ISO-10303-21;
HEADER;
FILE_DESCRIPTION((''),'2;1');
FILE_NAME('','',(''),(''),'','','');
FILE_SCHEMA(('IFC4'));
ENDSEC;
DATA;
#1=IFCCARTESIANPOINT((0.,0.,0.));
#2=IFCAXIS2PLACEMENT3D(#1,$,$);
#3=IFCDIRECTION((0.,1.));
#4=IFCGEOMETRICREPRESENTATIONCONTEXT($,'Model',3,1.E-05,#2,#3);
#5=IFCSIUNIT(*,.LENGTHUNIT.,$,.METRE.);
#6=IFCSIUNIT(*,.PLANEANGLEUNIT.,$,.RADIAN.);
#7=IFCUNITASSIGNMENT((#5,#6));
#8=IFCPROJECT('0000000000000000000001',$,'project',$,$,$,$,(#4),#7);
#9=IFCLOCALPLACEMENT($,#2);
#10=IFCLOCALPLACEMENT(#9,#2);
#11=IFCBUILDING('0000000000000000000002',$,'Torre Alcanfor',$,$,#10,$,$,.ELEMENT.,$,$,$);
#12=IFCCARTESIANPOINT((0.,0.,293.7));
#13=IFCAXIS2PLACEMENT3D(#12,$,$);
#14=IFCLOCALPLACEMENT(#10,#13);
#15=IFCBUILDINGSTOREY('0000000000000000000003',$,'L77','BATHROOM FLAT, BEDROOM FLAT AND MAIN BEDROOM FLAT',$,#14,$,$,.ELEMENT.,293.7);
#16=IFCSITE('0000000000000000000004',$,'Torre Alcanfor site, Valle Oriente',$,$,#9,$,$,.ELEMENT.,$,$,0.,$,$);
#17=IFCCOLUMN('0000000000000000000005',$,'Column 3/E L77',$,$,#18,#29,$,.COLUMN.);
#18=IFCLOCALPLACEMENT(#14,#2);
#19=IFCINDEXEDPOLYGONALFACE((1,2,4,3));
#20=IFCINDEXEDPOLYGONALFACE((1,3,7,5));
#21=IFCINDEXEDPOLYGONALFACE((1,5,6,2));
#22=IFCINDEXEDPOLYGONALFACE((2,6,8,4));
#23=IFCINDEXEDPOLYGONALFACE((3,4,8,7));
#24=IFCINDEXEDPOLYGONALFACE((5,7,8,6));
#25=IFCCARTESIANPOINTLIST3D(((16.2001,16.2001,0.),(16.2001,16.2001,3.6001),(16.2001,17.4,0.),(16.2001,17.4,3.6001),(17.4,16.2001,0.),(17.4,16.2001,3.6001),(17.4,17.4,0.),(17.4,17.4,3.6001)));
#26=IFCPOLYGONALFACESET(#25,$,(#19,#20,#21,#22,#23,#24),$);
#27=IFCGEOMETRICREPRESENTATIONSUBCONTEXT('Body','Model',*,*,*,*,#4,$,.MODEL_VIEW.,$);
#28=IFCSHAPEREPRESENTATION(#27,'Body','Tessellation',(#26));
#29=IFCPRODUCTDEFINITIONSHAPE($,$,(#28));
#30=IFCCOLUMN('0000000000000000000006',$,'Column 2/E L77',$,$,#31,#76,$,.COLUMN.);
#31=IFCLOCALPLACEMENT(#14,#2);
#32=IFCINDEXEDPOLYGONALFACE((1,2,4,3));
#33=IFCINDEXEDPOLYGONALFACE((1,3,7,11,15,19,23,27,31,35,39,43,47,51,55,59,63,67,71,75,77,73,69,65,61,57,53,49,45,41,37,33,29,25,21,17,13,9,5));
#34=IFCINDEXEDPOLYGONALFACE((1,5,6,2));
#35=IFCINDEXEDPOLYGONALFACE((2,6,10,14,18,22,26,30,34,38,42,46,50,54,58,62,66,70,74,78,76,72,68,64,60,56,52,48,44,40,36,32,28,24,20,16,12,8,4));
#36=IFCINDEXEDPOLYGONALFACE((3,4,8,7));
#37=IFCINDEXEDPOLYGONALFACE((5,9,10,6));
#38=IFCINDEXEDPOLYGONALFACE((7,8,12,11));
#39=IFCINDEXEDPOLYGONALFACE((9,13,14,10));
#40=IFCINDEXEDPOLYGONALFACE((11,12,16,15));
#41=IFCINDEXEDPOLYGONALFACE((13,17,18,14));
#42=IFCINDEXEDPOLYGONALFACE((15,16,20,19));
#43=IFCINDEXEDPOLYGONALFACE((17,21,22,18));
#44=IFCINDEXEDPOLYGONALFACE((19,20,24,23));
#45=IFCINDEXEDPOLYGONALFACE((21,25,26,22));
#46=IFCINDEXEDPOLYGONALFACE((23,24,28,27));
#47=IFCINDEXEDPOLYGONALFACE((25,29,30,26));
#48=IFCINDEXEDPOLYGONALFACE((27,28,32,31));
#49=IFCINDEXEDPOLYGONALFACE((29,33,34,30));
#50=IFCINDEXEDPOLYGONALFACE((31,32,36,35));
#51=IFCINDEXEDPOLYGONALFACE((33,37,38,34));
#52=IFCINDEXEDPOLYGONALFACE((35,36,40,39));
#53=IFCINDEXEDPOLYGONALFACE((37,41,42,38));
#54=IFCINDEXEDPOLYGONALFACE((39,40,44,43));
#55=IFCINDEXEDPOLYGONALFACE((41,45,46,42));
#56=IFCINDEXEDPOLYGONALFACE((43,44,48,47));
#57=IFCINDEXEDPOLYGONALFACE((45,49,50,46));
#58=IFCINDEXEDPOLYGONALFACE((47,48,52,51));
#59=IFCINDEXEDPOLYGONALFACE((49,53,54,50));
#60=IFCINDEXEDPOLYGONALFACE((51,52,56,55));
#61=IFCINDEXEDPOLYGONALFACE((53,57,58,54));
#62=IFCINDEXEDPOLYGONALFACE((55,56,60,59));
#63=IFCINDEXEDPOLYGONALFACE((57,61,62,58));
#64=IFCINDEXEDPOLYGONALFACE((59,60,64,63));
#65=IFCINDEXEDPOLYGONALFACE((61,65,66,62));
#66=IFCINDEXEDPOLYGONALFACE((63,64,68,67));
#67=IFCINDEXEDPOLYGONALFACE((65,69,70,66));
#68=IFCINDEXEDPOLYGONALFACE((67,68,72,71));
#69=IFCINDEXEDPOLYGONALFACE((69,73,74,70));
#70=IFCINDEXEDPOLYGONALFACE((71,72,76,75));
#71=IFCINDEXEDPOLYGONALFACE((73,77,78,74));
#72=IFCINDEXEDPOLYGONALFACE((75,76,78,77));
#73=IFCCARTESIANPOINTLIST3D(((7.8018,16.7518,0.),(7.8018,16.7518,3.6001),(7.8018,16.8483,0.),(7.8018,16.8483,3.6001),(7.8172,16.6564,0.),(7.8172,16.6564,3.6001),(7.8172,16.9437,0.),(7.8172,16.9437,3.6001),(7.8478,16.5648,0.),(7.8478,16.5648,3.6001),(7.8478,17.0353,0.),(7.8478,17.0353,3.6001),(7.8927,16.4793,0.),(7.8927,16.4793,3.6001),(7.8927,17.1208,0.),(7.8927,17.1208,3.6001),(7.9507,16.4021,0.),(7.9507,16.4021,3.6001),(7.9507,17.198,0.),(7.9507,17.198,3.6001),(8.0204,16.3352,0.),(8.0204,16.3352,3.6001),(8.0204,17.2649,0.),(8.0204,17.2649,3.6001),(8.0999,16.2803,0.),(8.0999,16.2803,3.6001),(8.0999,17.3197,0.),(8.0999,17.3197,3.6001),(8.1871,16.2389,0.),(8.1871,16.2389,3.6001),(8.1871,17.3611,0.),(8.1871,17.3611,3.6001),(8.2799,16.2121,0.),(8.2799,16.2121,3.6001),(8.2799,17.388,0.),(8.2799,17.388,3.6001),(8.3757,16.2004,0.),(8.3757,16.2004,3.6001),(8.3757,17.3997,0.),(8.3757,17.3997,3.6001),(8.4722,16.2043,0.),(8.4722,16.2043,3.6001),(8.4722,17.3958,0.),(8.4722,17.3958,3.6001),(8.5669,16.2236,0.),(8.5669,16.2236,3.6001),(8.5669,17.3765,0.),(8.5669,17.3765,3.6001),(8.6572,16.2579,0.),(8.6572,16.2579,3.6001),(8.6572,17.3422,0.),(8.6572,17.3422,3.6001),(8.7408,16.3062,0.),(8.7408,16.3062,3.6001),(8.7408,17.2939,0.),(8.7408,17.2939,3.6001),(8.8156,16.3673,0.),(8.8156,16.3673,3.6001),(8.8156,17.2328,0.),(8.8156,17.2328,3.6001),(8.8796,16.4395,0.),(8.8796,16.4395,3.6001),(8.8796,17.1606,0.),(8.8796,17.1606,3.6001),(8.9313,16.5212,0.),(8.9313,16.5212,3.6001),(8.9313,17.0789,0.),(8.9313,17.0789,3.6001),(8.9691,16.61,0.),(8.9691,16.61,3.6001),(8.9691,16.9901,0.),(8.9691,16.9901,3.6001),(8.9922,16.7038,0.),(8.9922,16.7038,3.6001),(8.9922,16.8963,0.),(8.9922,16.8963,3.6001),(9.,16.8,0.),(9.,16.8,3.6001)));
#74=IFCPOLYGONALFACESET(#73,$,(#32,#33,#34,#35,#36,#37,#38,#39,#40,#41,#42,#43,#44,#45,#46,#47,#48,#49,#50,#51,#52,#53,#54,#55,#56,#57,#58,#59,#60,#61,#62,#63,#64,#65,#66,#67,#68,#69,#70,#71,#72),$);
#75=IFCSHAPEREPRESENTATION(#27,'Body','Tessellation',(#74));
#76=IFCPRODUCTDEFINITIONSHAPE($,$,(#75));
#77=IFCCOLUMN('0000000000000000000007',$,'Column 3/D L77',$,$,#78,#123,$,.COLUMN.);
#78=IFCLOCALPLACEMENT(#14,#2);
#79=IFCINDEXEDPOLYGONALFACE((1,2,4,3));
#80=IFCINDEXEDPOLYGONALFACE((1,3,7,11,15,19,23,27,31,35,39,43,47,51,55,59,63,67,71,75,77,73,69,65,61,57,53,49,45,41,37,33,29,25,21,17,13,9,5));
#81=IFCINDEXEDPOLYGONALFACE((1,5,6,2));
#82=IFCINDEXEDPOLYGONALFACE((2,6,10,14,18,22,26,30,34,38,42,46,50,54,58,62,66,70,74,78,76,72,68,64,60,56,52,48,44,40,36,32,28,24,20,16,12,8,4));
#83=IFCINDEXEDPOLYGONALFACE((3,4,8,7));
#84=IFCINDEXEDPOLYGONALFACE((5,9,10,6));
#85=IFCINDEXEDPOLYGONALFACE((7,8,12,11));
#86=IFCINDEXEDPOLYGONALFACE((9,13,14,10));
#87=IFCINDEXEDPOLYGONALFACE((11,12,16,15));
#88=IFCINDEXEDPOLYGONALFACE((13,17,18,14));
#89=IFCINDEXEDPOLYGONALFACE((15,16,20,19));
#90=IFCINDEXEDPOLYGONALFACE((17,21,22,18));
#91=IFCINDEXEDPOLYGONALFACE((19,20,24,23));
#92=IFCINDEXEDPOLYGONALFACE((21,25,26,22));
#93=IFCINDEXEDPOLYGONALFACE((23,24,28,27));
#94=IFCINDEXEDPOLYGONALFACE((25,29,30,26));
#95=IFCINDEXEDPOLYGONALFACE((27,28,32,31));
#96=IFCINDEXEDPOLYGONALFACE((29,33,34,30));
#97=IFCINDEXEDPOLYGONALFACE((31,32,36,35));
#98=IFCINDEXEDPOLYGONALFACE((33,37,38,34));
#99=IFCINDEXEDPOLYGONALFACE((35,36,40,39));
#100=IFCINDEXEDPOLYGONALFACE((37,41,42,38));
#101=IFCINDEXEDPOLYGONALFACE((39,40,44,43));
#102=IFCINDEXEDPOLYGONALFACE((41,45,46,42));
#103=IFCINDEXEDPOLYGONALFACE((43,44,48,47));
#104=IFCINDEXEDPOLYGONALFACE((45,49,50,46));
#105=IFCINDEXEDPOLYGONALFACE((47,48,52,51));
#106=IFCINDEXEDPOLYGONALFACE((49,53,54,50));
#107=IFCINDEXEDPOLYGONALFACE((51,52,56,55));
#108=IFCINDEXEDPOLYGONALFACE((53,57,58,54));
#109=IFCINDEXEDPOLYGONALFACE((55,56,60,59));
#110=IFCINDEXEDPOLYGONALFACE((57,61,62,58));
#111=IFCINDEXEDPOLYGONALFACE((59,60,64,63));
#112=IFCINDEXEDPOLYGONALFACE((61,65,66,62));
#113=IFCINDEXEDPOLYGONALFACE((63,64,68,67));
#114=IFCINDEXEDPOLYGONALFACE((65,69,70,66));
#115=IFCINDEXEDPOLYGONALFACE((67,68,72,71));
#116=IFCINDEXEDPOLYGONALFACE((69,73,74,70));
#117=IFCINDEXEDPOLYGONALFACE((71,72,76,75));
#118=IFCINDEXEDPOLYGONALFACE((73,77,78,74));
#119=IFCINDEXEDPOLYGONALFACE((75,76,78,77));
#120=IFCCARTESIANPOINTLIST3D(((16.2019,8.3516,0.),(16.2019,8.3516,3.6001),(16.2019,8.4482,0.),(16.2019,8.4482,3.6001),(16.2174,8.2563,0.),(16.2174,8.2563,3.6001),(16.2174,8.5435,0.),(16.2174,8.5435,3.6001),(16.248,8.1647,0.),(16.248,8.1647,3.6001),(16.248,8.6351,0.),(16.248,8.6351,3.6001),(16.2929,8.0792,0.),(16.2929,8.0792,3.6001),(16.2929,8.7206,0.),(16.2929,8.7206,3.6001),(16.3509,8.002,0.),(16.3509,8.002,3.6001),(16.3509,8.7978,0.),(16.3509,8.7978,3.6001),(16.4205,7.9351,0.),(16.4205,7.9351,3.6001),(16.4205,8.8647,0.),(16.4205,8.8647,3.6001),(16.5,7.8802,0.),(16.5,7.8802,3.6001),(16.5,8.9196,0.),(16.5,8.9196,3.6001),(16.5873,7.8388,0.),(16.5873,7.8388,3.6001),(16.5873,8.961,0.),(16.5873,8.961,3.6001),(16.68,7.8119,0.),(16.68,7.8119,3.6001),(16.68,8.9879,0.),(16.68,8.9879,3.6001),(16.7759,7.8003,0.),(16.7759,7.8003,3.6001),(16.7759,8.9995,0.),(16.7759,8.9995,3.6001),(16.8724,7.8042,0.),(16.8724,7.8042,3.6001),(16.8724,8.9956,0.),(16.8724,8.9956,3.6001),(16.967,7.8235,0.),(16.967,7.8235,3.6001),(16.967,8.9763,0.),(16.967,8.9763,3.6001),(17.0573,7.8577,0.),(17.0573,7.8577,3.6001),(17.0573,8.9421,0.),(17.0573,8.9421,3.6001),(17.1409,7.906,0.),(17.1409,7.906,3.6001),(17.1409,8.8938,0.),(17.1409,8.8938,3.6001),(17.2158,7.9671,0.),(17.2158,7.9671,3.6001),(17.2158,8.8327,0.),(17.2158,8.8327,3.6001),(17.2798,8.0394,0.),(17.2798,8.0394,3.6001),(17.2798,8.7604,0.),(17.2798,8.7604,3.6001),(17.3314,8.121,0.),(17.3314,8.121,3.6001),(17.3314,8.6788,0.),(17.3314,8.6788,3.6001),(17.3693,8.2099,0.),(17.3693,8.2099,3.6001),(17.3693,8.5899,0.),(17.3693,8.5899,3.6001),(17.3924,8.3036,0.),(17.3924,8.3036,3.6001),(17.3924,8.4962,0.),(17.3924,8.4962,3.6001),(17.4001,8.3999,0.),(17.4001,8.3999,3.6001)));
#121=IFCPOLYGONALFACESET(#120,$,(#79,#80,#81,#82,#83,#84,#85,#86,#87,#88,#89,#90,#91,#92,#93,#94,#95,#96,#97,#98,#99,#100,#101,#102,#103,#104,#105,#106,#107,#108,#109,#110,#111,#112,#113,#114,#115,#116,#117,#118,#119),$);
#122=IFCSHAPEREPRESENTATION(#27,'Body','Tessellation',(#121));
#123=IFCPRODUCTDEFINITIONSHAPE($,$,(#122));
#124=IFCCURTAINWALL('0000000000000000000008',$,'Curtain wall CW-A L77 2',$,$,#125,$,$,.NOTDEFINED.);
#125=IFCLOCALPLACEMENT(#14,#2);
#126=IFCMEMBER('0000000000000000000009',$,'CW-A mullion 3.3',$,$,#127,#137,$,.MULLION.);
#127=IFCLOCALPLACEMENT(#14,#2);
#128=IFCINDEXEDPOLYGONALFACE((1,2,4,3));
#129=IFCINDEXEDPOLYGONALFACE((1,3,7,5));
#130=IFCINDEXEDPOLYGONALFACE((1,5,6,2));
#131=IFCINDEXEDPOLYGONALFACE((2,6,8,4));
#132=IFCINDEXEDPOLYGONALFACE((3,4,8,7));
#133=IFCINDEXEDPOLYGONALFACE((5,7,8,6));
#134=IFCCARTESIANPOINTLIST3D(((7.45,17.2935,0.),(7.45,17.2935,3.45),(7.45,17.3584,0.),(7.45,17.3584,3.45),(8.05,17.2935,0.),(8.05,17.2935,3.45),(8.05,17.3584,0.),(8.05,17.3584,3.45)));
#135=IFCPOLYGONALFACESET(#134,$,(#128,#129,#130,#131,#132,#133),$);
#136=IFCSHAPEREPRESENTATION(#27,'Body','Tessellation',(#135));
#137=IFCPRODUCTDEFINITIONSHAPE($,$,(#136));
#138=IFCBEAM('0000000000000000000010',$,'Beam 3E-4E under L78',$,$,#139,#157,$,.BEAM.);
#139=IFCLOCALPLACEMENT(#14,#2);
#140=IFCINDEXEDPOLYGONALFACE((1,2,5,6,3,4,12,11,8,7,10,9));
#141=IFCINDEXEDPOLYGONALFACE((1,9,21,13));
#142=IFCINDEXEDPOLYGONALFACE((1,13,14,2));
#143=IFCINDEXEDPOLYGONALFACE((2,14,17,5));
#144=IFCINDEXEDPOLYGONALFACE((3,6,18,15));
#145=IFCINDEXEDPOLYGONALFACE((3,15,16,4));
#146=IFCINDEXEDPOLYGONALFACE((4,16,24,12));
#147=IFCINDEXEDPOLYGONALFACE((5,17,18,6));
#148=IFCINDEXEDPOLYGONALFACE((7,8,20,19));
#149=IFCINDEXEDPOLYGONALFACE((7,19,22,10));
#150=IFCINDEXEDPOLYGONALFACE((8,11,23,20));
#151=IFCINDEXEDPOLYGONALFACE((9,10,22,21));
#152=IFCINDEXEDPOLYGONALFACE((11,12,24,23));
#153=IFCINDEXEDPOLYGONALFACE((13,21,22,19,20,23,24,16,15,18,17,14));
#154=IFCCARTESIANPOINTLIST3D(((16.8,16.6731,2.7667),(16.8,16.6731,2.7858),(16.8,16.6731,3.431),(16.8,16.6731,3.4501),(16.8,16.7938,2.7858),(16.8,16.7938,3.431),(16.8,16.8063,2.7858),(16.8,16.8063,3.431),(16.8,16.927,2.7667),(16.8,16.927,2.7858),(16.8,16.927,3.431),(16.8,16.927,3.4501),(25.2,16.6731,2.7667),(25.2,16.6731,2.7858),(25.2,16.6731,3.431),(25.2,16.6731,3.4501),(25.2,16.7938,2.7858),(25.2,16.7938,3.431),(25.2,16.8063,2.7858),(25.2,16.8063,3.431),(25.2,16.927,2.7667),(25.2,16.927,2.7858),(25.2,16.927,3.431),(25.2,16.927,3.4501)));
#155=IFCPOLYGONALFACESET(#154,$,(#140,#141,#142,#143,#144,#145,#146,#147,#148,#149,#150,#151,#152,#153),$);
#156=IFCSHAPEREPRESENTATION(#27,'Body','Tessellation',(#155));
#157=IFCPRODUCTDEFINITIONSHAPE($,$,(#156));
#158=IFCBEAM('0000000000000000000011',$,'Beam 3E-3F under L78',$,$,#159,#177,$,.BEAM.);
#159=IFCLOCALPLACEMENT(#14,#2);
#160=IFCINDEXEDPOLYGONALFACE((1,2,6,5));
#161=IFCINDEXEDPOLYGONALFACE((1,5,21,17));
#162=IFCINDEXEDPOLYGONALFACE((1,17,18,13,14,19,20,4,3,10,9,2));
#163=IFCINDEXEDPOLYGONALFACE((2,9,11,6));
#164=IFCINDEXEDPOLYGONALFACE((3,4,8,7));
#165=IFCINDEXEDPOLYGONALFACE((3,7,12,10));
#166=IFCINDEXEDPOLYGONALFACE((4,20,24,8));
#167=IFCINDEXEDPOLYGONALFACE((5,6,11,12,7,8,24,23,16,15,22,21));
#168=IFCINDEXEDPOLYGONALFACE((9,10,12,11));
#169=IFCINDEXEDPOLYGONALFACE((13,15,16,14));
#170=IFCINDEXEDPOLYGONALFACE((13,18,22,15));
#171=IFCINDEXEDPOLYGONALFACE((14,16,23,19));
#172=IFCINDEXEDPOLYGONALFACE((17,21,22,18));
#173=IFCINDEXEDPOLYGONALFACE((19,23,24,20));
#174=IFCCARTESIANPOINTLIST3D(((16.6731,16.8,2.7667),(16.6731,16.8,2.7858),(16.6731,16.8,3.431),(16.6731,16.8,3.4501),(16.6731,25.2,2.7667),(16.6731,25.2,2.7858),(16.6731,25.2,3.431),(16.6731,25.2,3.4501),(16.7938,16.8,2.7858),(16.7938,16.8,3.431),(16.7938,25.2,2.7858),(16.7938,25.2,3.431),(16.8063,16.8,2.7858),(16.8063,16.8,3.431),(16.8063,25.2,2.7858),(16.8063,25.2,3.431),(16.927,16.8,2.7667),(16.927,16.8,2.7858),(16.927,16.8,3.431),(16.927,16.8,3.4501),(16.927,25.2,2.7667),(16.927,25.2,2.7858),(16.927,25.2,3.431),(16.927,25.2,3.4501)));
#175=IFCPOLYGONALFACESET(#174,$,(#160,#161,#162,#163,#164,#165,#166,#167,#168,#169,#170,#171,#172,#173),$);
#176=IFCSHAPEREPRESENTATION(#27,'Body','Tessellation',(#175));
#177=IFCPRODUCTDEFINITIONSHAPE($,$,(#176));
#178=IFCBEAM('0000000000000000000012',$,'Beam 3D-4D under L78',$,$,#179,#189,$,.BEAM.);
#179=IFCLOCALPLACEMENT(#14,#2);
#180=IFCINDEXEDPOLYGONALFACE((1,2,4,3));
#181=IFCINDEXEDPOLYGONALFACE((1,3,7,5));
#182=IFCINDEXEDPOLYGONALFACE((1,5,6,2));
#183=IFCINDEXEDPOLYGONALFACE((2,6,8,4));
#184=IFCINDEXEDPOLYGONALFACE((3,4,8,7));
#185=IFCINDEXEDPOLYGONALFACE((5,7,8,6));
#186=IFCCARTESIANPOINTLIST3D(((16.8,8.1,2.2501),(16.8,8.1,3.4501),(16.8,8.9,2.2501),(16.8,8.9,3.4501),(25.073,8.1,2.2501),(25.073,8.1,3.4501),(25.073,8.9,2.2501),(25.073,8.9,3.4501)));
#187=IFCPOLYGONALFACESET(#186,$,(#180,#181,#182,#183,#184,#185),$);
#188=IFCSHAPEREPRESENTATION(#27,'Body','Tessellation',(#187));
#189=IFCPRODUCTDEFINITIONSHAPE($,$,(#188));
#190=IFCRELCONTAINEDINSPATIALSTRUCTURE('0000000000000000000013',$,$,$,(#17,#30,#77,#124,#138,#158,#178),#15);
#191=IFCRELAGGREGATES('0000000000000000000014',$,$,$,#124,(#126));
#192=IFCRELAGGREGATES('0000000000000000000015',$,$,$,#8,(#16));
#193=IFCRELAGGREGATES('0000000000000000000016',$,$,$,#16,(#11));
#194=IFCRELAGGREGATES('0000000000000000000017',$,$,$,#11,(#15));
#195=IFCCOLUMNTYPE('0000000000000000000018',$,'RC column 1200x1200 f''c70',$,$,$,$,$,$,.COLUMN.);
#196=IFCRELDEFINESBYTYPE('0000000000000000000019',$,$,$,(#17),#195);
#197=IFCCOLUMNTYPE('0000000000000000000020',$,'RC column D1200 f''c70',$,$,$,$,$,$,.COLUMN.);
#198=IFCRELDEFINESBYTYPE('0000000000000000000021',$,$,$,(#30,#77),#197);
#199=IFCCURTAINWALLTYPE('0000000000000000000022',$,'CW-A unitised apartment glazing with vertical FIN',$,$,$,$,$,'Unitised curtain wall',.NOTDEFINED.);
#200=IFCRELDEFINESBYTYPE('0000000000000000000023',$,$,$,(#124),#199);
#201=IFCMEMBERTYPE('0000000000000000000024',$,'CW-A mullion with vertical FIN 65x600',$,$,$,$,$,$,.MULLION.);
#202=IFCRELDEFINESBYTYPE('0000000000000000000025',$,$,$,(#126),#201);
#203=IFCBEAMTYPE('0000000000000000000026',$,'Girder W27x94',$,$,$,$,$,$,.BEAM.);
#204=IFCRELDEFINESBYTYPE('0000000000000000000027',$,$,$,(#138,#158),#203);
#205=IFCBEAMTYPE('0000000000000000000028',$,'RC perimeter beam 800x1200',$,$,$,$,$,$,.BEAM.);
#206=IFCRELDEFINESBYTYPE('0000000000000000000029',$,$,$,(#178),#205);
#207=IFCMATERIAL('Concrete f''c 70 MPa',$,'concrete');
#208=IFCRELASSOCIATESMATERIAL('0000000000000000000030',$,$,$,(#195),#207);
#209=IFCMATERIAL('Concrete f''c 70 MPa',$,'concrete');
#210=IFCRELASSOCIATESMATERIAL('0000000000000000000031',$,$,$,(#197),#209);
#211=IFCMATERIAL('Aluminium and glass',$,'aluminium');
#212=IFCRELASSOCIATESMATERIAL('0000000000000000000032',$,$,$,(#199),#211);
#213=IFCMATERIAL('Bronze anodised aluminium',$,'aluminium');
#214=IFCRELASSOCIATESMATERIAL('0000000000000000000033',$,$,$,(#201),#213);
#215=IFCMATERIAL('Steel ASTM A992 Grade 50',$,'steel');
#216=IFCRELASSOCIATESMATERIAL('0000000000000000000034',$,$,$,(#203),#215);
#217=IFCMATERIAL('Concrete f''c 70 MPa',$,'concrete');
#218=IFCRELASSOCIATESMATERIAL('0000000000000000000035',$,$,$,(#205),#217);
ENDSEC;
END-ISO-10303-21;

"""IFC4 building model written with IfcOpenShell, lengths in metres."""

from ifc_helpers import new_model, si_unit, direction, frame, origin, origin_2d, place, context, subcontext, project, spatial, rectangle, circle, i_section, extrude, material, material_profile, profile_set, type_object, element, aggregate, save


model = new_model("IFC4")

# Units and contexts
model_context = context("Model", 3, precision=1e-05, world=origin(), true_north=direction((0.0, 1.0)))
body_context = subcontext(model_context, "Body", "Model", "MODEL_VIEW")
ifc_project = project(units=[si_unit("LENGTHUNIT", "METRE"), si_unit("PLANEANGLEUNIT", "RADIAN")], contexts=[model_context])

# Site, building, storey
site_placement = place(None, origin())
site = spatial("IfcSite", under=ifc_project, at=site_placement, Name="Torre Alcanfor site, Valle Oriente", CompositionType="ELEMENT", RefElevation=0.0)
building_placement = place(site_placement, origin())
building = spatial("IfcBuilding", under=site, at=building_placement, Name="Torre Alcanfor", CompositionType="ELEMENT")
storey_placement = place(building_placement, frame((0.0, 0.0, 293.7)))
storey = spatial("IfcBuildingStorey", under=building, at=storey_placement, Name="L77", Description="BATHROOM FLAT, BEDROOM FLAT AND MAIN BEDROOM FLAT", CompositionType="ELEMENT", Elevation=293.7)

# Columns
ifc_material_1 = material(Name="Concrete f'c 70 MPa", Category="concrete")
ifc_material_profile_1 = material_profile(ifc_material_1, rectangle(XDim=1.2, YDim=1.2, at=origin_2d()), Name="1200x1200")
ifc_profile_set_1 = profile_set([ifc_material_profile_1], Name="Concrete f'c 70 MPa")
column_type_1 = type_object("IfcColumnType", Name="RC column 1200x1200 f'c70", PredefinedType="COLUMN", material=ifc_profile_set_1)
column_placement = place(storey_placement, frame((16.8, 16.8, 0.0), z_axis=(0.0, 0.0, 1.0), x_axis=(1.0, 0.0, 0.0)))
element("IfcColumn", 1, at=column_placement, inside=storey, type_object=column_type_1, Name="Column 3/E L77", PredefinedType="COLUMN", context=body_context, shape_type="SweptSolid", body=[
    extrude(rectangle(XDim=1.2, YDim=1.2, at=origin_2d()), origin(), (0.0, 0.0, 1.0), 3.6001),
])
ifc_material_2 = material(Name="Concrete f'c 70 MPa", Category="concrete")
ifc_material_profile_2 = material_profile(ifc_material_2, circle(Radius=0.6001, at=origin_2d()), Name="D1200")
ifc_profile_set_2 = profile_set([ifc_material_profile_2], Name="Concrete f'c 70 MPa")
column_type_2 = type_object("IfcColumnType", Name="RC column D1200 f'c70", PredefinedType="COLUMN", material=ifc_profile_set_2)
for number, where, z_axis, x_axis, name in (
    (2, (8.3999, 16.8, 0.0), (0.0, 0.0, 1.0), (1.0, 0.0, 0.0), "Column 2/E L77"),
    (3, (16.8, 8.3999, 0.0), (0.0, 0.0, 1.0), (1.0, 0.0, 0.0), "Column 3/D L77"),
):
    element("IfcColumn", number, at=place(storey_placement, frame(where, z_axis=z_axis, x_axis=x_axis)), inside=storey, type_object=column_type_2, Name=name, PredefinedType="COLUMN", context=body_context, shape_type="SweptSolid", body=[
        extrude(circle(Radius=0.6001, at=origin_2d()), origin(), (0.0, 0.0, 1.0), 3.6001),
    ])

# Curtain wall, member
ifc_material_3 = material(Name="Aluminium and glass", Category="aluminium")
curtain_wall_type = type_object("IfcCurtainWallType", Name="CW-A unitised apartment glazing with vertical FIN", ElementType="Unitised curtain wall", PredefinedType="NOTDEFINED", material=ifc_material_3)
curtain_wall_placement = place(storey_placement, origin())
curtain_wall = element("IfcCurtainWall", 4, at=curtain_wall_placement, inside=storey, type_object=curtain_wall_type, Name="Curtain wall CW-A L77 2", PredefinedType="NOTDEFINED")
ifc_material_4 = material(Name="Bronze anodised aluminium", Category="aluminium")
ifc_material_profile_3 = material_profile(ifc_material_4, rectangle(XDim=0.6001, YDim=0.0649, at=origin_2d()), Name="CW-A mullion 65x600")
ifc_profile_set_3 = profile_set([ifc_material_profile_3], Name="Bronze anodised aluminium")
member_type = type_object("IfcMemberType", Name="CW-A mullion with vertical FIN 65x600", PredefinedType="MULLION", material=ifc_profile_set_3)
member_placement = place(storey_placement, frame((7.75, 17.3259, 0.0), z_axis=(0.0, 0.0, 1.0), x_axis=(1.0, 0.0, 0.0)))
member = element("IfcMember", 5, at=member_placement, type_object=member_type, Name="CW-A mullion 3.3", PredefinedType="MULLION", context=body_context, shape_type="SweptSolid", body=[
    extrude(rectangle(XDim=0.6001, YDim=0.0649, at=origin_2d()), origin(), (0.0, 0.0, 1.0), 3.45),
])

# Beams
ifc_material_5 = material(Name="Steel ASTM A992 Grade 50", Category="steel")
ifc_material_profile_4 = material_profile(ifc_material_5, i_section(OverallWidth=0.2539, OverallDepth=0.6833, WebThickness=0.0125, FlangeThickness=0.019, at=origin_2d()), Name="W27x94")
ifc_profile_set_4 = profile_set([ifc_material_profile_4], Name="Steel ASTM A992 Grade 50")
beam_type_1 = type_object("IfcBeamType", Name="Girder W27x94", PredefinedType="BEAM", material=ifc_profile_set_4)
for number, where, z_axis, x_axis, name in (
    (6, (16.8, 16.8, 3.1084), (1.0, 0.0, 0.0), (0.0, 1.0, 0.0), "Beam 3E-4E under L78"),
    (7, (16.8, 16.8, 3.1084), (0.0, 1.0, 0.0), (-1.0, 0.0, 0.0), "Beam 3E-3F under L78"),
):
    element("IfcBeam", number, at=place(storey_placement, frame(where, z_axis=z_axis, x_axis=x_axis)), inside=storey, type_object=beam_type_1, Name=name, PredefinedType="BEAM", context=body_context, shape_type="SweptSolid", body=[
        extrude(i_section(OverallWidth=0.2539, OverallDepth=0.6833, WebThickness=0.0125, FlangeThickness=0.019, at=origin_2d()), origin(), (0.0, 0.0, 1.0), 8.3999),
    ])
ifc_material_6 = material(Name="Concrete f'c 70 MPa", Category="concrete")
ifc_material_profile_5 = material_profile(ifc_material_6, rectangle(XDim=0.8, YDim=1.2, at=origin_2d()), Name="800x1200")
ifc_profile_set_5 = profile_set([ifc_material_profile_5], Name="Concrete f'c 70 MPa")
beam_type_2 = type_object("IfcBeamType", Name="RC perimeter beam 800x1200", PredefinedType="BEAM", material=ifc_profile_set_5)
beam_1_placement = place(storey_placement, frame((16.8, 8.5, 2.8501), z_axis=(1.0, 0.0, 0.0), x_axis=(0.0, 1.0, 0.0)))
element("IfcBeam", 8, at=beam_1_placement, inside=storey, type_object=beam_type_2, Name="Beam 3D-4D under L78", PredefinedType="BEAM", context=body_context, shape_type="SweptSolid", body=[
    extrude(rectangle(XDim=0.8, YDim=1.2, at=origin_2d()), origin(), (0.0, 0.0, 1.0), 8.2729),
])

aggregate(curtain_wall, [member])

save(model, "model.ifc")
